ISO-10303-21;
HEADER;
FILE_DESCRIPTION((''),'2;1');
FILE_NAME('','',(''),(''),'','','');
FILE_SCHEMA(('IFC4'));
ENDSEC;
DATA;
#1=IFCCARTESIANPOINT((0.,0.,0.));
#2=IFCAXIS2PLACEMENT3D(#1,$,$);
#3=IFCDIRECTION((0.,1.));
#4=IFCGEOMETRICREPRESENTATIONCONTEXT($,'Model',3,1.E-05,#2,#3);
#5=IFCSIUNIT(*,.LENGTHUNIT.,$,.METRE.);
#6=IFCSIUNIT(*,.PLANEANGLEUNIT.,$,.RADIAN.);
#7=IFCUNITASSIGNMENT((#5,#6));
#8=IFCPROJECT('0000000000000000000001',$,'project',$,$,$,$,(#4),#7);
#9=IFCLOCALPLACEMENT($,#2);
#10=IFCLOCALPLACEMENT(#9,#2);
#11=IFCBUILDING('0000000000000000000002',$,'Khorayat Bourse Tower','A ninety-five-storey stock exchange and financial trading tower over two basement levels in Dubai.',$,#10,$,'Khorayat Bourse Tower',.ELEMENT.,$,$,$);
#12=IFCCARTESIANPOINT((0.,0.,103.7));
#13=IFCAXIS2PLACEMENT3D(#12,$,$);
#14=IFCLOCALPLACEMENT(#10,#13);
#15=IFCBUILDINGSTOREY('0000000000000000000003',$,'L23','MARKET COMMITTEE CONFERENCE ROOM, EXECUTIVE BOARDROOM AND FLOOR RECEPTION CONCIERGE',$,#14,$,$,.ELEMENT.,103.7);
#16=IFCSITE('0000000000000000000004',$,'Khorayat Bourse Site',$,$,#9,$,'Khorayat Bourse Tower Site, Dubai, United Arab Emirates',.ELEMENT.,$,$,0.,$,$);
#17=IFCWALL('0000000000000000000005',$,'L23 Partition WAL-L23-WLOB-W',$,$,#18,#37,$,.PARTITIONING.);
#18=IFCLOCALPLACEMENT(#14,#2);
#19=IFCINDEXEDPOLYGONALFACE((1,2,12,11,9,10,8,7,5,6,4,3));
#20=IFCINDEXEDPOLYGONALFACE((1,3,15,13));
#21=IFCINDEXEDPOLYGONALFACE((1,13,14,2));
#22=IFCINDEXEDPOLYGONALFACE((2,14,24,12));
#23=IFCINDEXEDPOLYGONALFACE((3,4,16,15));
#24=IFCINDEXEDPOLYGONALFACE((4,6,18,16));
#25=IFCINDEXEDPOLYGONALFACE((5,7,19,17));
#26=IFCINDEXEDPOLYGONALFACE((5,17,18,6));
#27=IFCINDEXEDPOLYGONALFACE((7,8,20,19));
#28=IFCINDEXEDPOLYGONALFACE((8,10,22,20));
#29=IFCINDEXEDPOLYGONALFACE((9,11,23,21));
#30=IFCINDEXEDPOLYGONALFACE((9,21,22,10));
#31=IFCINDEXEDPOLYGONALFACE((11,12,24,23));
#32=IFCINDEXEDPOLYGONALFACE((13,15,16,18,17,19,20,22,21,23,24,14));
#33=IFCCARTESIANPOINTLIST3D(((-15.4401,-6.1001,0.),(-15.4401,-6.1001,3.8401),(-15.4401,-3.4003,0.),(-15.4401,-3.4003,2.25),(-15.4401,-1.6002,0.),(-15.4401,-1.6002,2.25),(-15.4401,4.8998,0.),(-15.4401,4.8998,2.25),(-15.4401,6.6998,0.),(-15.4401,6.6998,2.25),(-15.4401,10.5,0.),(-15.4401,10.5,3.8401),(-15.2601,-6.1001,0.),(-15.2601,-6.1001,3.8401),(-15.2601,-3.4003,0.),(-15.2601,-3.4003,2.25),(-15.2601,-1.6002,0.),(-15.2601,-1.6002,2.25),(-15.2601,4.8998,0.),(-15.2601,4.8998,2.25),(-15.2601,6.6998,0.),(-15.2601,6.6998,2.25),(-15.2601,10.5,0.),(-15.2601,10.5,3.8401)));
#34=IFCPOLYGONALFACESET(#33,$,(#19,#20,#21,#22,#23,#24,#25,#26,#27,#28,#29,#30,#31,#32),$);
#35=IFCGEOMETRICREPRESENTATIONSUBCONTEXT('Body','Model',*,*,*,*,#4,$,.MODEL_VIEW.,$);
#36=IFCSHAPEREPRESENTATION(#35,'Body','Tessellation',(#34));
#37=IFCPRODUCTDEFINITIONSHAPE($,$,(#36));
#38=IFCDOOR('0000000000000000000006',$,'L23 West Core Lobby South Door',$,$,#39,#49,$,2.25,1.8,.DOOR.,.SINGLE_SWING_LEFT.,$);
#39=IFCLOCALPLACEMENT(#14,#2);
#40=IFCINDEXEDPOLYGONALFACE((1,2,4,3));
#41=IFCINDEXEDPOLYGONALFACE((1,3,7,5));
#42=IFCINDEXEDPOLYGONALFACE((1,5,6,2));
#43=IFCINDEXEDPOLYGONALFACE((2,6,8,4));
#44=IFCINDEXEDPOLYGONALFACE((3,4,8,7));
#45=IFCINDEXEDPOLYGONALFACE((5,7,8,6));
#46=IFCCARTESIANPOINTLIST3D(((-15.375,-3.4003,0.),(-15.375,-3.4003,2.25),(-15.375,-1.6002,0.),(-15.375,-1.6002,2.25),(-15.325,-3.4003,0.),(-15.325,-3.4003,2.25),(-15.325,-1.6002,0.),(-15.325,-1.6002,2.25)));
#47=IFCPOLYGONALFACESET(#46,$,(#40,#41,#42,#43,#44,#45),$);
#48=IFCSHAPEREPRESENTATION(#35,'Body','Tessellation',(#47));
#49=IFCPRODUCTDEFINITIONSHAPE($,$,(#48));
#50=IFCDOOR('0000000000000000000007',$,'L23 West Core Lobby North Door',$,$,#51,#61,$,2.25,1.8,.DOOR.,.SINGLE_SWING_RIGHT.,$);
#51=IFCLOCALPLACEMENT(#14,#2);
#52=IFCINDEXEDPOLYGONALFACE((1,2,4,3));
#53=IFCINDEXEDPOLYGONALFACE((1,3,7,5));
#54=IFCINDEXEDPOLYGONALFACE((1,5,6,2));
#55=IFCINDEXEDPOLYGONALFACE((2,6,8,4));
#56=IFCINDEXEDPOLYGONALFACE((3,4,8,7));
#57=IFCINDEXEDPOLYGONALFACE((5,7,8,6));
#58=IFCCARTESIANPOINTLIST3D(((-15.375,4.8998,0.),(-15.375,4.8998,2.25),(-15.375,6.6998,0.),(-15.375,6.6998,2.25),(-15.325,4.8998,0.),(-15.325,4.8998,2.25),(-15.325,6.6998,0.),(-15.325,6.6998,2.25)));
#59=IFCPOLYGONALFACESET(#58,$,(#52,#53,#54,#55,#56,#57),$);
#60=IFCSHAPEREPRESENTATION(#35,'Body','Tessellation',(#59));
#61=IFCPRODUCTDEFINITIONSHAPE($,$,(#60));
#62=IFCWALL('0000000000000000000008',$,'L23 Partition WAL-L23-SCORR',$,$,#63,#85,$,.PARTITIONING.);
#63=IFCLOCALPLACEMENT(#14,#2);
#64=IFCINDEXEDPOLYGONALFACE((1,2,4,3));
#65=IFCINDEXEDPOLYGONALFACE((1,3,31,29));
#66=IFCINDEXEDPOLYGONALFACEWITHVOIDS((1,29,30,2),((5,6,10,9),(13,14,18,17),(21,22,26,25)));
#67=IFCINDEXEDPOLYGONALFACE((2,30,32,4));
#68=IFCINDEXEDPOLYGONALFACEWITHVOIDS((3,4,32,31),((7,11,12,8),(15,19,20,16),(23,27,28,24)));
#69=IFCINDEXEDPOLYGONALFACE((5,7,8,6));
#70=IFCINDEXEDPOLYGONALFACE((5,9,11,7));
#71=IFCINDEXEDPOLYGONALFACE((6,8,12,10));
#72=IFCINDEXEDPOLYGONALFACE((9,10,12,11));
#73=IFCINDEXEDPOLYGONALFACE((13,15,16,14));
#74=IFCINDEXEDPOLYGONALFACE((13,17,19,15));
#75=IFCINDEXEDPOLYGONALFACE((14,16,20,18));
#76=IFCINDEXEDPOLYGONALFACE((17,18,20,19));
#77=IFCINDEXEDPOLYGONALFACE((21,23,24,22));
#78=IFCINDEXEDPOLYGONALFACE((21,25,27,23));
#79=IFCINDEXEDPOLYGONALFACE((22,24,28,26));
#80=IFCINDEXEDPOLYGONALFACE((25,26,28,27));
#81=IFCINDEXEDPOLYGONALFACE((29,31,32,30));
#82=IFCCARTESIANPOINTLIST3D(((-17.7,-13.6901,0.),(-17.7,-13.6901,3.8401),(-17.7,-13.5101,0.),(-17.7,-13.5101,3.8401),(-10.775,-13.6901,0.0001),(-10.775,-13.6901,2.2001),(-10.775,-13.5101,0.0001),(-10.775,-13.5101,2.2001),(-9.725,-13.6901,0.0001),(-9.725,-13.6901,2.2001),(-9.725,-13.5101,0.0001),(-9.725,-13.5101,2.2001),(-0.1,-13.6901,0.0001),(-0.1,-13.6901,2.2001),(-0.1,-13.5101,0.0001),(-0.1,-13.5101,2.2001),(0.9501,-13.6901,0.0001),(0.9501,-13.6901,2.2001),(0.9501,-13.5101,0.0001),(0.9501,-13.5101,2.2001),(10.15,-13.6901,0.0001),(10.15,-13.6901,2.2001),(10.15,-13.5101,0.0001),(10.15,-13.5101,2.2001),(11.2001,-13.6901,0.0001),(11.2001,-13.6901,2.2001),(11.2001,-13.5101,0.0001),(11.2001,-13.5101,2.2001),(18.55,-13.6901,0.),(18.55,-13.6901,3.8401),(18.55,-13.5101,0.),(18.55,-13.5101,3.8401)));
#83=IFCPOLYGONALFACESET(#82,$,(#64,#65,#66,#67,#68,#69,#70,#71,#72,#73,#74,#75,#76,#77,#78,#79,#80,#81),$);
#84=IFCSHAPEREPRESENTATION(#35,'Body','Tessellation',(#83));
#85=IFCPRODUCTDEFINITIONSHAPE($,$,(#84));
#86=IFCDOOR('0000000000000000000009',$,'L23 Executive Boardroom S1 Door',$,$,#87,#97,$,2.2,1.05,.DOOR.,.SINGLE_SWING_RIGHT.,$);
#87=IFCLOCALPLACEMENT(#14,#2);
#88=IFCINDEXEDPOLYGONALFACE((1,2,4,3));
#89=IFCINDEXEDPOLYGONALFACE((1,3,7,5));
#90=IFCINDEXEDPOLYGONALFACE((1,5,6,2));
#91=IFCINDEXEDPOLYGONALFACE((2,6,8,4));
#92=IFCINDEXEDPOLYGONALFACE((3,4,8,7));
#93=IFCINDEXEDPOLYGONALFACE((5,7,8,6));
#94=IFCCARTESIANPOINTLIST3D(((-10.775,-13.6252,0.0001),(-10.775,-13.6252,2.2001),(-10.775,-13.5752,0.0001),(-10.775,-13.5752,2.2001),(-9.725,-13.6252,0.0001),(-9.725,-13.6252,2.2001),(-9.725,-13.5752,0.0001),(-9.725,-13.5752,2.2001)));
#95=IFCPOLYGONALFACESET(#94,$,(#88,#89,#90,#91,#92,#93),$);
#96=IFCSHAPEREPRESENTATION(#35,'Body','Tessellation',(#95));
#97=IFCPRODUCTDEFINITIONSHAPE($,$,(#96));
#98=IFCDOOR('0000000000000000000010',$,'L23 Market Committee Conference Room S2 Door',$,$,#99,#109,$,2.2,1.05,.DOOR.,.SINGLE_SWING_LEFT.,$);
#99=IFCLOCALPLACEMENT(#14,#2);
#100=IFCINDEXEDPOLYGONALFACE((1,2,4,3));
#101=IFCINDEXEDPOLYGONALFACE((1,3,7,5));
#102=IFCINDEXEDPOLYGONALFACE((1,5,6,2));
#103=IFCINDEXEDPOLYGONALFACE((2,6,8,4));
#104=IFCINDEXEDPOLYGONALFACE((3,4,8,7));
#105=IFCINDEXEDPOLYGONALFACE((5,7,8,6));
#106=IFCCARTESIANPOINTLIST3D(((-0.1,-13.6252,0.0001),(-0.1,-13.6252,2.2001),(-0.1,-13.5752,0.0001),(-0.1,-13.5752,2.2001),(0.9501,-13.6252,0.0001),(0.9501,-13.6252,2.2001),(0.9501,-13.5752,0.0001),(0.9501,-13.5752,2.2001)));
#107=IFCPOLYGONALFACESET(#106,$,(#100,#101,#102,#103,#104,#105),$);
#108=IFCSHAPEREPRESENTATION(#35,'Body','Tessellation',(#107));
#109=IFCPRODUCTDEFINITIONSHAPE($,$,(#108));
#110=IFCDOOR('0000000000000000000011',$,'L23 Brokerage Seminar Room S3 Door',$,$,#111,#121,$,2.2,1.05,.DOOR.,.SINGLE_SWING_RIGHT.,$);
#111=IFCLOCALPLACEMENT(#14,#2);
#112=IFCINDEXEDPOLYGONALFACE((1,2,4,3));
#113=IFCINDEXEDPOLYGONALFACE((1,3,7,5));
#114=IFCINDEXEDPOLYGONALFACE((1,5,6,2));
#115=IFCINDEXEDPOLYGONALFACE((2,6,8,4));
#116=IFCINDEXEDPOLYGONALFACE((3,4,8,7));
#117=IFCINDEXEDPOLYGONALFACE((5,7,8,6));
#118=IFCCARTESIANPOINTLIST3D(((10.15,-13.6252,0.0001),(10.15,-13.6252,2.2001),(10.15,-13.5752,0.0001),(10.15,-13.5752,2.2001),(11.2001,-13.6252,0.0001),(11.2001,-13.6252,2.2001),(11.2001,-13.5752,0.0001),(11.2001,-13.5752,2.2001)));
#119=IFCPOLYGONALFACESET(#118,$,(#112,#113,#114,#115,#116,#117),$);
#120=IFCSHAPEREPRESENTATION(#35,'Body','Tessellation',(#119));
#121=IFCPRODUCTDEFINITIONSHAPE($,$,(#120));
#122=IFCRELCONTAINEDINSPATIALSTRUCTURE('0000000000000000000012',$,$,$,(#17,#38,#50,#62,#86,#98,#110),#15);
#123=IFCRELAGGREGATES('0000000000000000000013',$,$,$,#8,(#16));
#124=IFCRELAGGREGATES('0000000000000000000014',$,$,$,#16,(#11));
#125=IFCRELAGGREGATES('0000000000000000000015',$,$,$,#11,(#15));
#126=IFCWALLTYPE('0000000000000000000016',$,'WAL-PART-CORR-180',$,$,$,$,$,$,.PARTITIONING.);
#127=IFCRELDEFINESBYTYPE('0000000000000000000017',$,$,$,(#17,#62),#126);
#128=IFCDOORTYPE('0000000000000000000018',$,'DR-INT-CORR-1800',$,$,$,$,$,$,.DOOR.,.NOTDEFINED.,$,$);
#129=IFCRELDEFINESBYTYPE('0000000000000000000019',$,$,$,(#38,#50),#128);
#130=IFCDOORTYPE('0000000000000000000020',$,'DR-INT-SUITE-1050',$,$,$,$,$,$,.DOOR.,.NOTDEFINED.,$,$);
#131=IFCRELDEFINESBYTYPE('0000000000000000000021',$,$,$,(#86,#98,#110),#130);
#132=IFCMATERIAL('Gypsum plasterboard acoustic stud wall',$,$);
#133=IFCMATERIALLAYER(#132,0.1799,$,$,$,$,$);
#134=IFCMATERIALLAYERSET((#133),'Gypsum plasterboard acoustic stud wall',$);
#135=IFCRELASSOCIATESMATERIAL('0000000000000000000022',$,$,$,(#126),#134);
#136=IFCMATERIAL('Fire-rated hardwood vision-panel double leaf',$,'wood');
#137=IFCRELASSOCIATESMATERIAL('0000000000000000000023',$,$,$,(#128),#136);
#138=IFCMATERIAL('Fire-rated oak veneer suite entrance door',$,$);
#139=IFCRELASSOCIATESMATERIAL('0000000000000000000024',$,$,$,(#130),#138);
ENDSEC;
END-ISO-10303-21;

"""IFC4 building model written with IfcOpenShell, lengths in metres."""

from ifc_helpers import new_model, si_unit, direction, frame, frame_2d, origin, place, context, subcontext, project, spatial, rectangle, extrude, source, transform, mapped, material, layer, layer_set, type_object, element, fill, save


model = new_model("IFC4")

# Units and contexts
model_context = context("Model", 3, precision=1e-05, world=origin(), true_north=direction((0.0, 1.0)))
body_context = subcontext(model_context, "Body", "Model", "MODEL_VIEW")
ifc_project = project(units=[si_unit("LENGTHUNIT", "METRE"), si_unit("PLANEANGLEUNIT", "RADIAN")], contexts=[model_context])

# Site, building, storey
site_placement = place(None, origin())
site = spatial("IfcSite", under=ifc_project, at=site_placement, Name="Khorayat Bourse Site", LongName="Khorayat Bourse Tower Site, Dubai, United Arab Emirates", CompositionType="ELEMENT", RefElevation=0.0)
building_placement = place(site_placement, origin())
building = spatial("IfcBuilding", under=site, at=building_placement, Name="Khorayat Bourse Tower", Description="A ninety-five-storey stock exchange and financial trading tower over two basement levels in Dubai.", LongName="Khorayat Bourse Tower", CompositionType="ELEMENT")
storey_placement = place(building_placement, frame((0.0, 0.0, 103.7)))
storey = spatial("IfcBuildingStorey", under=building, at=storey_placement, Name="L23", Description="MARKET COMMITTEE CONFERENCE ROOM, EXECUTIVE BOARDROOM AND FLOOR RECEPTION CONCIERGE", CompositionType="ELEMENT", Elevation=103.7)

# Walls, openings, doors
ifc_material_1 = material(Name="Gypsum plasterboard acoustic stud wall")
ifc_layer_1 = layer(ifc_material_1, 0.1799)
ifc_layer_set_1 = layer_set([ifc_layer_1], Name="Gypsum plasterboard acoustic stud wall")
wall_type_1 = type_object("IfcWallType", Name="WAL-PART-CORR-180", PredefinedType="PARTITIONING", material=ifc_layer_set_1)
shared_shape_1 = source(origin(), body_context, "Body", "SweptSolid", [
    extrude(rectangle(XDim=16.6001, YDim=0.1799, at=frame_2d((8.3, 0.0))), origin(), (0.0, 0.0, 1.0), 3.8401),
])
wall_1_placement = place(storey_placement, frame((-15.3501, -6.1001, 0.0), z_axis=(0.0, 0.0, 1.0), x_axis=(0.0, 1.0, 0.0)))
wall_1 = element("IfcWall", 1, at=wall_1_placement, inside=storey, type_object=wall_type_1, Name="L23 Partition WAL-L23-WLOB-W", PredefinedType="PARTITIONING", context=body_context, shape_type="MappedRepresentation", body=[
    mapped(shared_shape_1, transform((0.0, 0.0, 0.0), scale=1.0)),
])
shared_shape_2 = source(origin(), body_context, "Body", "SweptSolid", [
    extrude(rectangle(XDim=1.8, YDim=2.25, at=frame_2d((0.8999, 1.125))), frame((0.0, 0.0999, 0.0), z_axis=(0.0, -1.0, 0.0), x_axis=(1.0, 0.0, 0.0)), (0.0, 0.0, 1.0), 0.2),
])
opening_1_placement = place(wall_1_placement, frame((2.7, 0.0, 0.0)))
opening_1 = element("IfcOpeningElement", 2, at=opening_1_placement, cuts=wall_1, PredefinedType="OPENING", context=body_context, shape_type="MappedRepresentation", body=[
    mapped(shared_shape_2, transform((0.0, 0.0, 0.0), scale=1.0)),
])
opening_2_placement = place(wall_1_placement, frame((11.0, 0.0, 0.0)))
opening_2 = element("IfcOpeningElement", 3, at=opening_2_placement, cuts=wall_1, PredefinedType="OPENING", context=body_context, shape_type="MappedRepresentation", body=[
    mapped(shared_shape_2, transform((0.0, 0.0, 0.0), scale=1.0)),
])
ifc_material_2 = material(Name="Fire-rated hardwood vision-panel double leaf", Category="wood")
door_type_1 = type_object("IfcDoorType", Name="DR-INT-CORR-1800", OperationType="NOTDEFINED", PredefinedType="DOOR", material=ifc_material_2)
shared_shape_3 = source(origin(), body_context, "Body", "SweptSolid", [
    extrude(rectangle(XDim=1.8, YDim=2.25, at=frame_2d((0.8999, 1.125))), frame((0.0, 0.0249, 0.0), z_axis=(0.0, -1.0, 0.0), x_axis=(1.0, 0.0, 0.0)), (0.0, 0.0, 1.0), 0.05),
])
door_1_placement = place(opening_1_placement, origin())
door_1 = element("IfcDoor", 4, at=door_1_placement, inside=storey, type_object=door_type_1, Name="L23 West Core Lobby South Door", OperationType="SINGLE_SWING_LEFT", OverallHeight=2.25, OverallWidth=1.8, PredefinedType="DOOR", context=body_context, shape_type="MappedRepresentation", body=[
    mapped(shared_shape_3, transform((0.0, 0.0, 0.0), scale=1.0)),
])
fill(opening_1, door_1)
door_2_placement = place(opening_2_placement, origin())
door_2 = element("IfcDoor", 5, at=door_2_placement, inside=storey, type_object=door_type_1, Name="L23 West Core Lobby North Door", OperationType="SINGLE_SWING_RIGHT", OverallHeight=2.25, OverallWidth=1.8, PredefinedType="DOOR", context=body_context, shape_type="MappedRepresentation", body=[
    mapped(shared_shape_3, transform((0.0, 0.0, 0.0), scale=1.0)),
])
fill(opening_2, door_2)
shared_shape_4 = source(origin(), body_context, "Body", "SweptSolid", [
    extrude(rectangle(XDim=36.25, YDim=0.1799, at=frame_2d((18.125, 0.0))), origin(), (0.0, 0.0, 1.0), 3.8401),
])
wall_2_placement = place(storey_placement, frame((-17.7, -13.6001, 0.0), z_axis=(0.0, 0.0, 1.0), x_axis=(1.0, 0.0, 0.0)))
wall_2 = element("IfcWall", 6, at=wall_2_placement, inside=storey, type_object=wall_type_1, Name="L23 Partition WAL-L23-SCORR", PredefinedType="PARTITIONING", context=body_context, shape_type="MappedRepresentation", body=[
    mapped(shared_shape_4, transform((0.0, 0.0, 0.0), scale=1.0)),
])
shared_shape_5 = source(origin(), body_context, "Body", "SweptSolid", [
    extrude(rectangle(XDim=1.05, YDim=2.2, at=frame_2d((0.5249, 1.1001))), frame((0.0, 0.0999, 0.0), z_axis=(0.0, -1.0, 0.0), x_axis=(1.0, 0.0, 0.0)), (0.0, 0.0, 1.0), 0.2),
])
opening_3_placement = place(wall_2_placement, frame((6.925, 0.0, 0.0)))
opening_3 = element("IfcOpeningElement", 7, at=opening_3_placement, cuts=wall_2, PredefinedType="OPENING", context=body_context, shape_type="MappedRepresentation", body=[
    mapped(shared_shape_5, transform((0.0, 0.0, 0.0), scale=1.0)),
])
opening_4_placement = place(wall_2_placement, frame((17.6001, 0.0, 0.0)))
opening_4 = element("IfcOpeningElement", 8, at=opening_4_placement, cuts=wall_2, PredefinedType="OPENING", context=body_context, shape_type="MappedRepresentation", body=[
    mapped(shared_shape_5, transform((0.0, 0.0, 0.0), scale=1.0)),
])
opening_5_placement = place(wall_2_placement, frame((27.8501, 0.0, 0.0)))
opening_5 = element("IfcOpeningElement", 9, at=opening_5_placement, cuts=wall_2, PredefinedType="OPENING", context=body_context, shape_type="MappedRepresentation", body=[
    mapped(shared_shape_5, transform((0.0, 0.0, 0.0), scale=1.0)),
])
ifc_material_3 = material(Name="Fire-rated oak veneer suite entrance door")
door_type_2 = type_object("IfcDoorType", Name="DR-INT-SUITE-1050", OperationType="NOTDEFINED", PredefinedType="DOOR", material=ifc_material_3)
shared_shape_6 = source(origin(), body_context, "Body", "SweptSolid", [
    extrude(rectangle(XDim=1.05, YDim=2.2, at=frame_2d((0.5249, 1.1001))), frame((0.0, 0.0249, 0.0), z_axis=(0.0, -1.0, 0.0), x_axis=(1.0, 0.0, 0.0)), (0.0, 0.0, 1.0), 0.05),
])
door_3_placement = place(opening_3_placement, origin())
door_3 = element("IfcDoor", 10, at=door_3_placement, inside=storey, type_object=door_type_2, Name="L23 Executive Boardroom S1 Door", OperationType="SINGLE_SWING_RIGHT", OverallHeight=2.2, OverallWidth=1.05, PredefinedType="DOOR", context=body_context, shape_type="MappedRepresentation", body=[
    mapped(shared_shape_6, transform((0.0, 0.0, 0.0), scale=1.0)),
])
fill(opening_3, door_3)
door_4_placement = place(opening_4_placement, origin())
door_4 = element("IfcDoor", 11, at=door_4_placement, inside=storey, type_object=door_type_2, Name="L23 Market Committee Conference Room S2 Door", OperationType="SINGLE_SWING_LEFT", OverallHeight=2.2, OverallWidth=1.05, PredefinedType="DOOR", context=body_context, shape_type="MappedRepresentation", body=[
    mapped(shared_shape_6, transform((0.0, 0.0, 0.0), scale=1.0)),
])
fill(opening_4, door_4)
door_5_placement = place(opening_5_placement, origin())
door_5 = element("IfcDoor", 12, at=door_5_placement, inside=storey, type_object=door_type_2, Name="L23 Brokerage Seminar Room S3 Door", OperationType="SINGLE_SWING_RIGHT", OverallHeight=2.2, OverallWidth=1.05, PredefinedType="DOOR", context=body_context, shape_type="MappedRepresentation", body=[
    mapped(shared_shape_6, transform((0.0, 0.0, 0.0), scale=1.0)),
])
fill(opening_5, door_5)

save(model, "model.ifc")
